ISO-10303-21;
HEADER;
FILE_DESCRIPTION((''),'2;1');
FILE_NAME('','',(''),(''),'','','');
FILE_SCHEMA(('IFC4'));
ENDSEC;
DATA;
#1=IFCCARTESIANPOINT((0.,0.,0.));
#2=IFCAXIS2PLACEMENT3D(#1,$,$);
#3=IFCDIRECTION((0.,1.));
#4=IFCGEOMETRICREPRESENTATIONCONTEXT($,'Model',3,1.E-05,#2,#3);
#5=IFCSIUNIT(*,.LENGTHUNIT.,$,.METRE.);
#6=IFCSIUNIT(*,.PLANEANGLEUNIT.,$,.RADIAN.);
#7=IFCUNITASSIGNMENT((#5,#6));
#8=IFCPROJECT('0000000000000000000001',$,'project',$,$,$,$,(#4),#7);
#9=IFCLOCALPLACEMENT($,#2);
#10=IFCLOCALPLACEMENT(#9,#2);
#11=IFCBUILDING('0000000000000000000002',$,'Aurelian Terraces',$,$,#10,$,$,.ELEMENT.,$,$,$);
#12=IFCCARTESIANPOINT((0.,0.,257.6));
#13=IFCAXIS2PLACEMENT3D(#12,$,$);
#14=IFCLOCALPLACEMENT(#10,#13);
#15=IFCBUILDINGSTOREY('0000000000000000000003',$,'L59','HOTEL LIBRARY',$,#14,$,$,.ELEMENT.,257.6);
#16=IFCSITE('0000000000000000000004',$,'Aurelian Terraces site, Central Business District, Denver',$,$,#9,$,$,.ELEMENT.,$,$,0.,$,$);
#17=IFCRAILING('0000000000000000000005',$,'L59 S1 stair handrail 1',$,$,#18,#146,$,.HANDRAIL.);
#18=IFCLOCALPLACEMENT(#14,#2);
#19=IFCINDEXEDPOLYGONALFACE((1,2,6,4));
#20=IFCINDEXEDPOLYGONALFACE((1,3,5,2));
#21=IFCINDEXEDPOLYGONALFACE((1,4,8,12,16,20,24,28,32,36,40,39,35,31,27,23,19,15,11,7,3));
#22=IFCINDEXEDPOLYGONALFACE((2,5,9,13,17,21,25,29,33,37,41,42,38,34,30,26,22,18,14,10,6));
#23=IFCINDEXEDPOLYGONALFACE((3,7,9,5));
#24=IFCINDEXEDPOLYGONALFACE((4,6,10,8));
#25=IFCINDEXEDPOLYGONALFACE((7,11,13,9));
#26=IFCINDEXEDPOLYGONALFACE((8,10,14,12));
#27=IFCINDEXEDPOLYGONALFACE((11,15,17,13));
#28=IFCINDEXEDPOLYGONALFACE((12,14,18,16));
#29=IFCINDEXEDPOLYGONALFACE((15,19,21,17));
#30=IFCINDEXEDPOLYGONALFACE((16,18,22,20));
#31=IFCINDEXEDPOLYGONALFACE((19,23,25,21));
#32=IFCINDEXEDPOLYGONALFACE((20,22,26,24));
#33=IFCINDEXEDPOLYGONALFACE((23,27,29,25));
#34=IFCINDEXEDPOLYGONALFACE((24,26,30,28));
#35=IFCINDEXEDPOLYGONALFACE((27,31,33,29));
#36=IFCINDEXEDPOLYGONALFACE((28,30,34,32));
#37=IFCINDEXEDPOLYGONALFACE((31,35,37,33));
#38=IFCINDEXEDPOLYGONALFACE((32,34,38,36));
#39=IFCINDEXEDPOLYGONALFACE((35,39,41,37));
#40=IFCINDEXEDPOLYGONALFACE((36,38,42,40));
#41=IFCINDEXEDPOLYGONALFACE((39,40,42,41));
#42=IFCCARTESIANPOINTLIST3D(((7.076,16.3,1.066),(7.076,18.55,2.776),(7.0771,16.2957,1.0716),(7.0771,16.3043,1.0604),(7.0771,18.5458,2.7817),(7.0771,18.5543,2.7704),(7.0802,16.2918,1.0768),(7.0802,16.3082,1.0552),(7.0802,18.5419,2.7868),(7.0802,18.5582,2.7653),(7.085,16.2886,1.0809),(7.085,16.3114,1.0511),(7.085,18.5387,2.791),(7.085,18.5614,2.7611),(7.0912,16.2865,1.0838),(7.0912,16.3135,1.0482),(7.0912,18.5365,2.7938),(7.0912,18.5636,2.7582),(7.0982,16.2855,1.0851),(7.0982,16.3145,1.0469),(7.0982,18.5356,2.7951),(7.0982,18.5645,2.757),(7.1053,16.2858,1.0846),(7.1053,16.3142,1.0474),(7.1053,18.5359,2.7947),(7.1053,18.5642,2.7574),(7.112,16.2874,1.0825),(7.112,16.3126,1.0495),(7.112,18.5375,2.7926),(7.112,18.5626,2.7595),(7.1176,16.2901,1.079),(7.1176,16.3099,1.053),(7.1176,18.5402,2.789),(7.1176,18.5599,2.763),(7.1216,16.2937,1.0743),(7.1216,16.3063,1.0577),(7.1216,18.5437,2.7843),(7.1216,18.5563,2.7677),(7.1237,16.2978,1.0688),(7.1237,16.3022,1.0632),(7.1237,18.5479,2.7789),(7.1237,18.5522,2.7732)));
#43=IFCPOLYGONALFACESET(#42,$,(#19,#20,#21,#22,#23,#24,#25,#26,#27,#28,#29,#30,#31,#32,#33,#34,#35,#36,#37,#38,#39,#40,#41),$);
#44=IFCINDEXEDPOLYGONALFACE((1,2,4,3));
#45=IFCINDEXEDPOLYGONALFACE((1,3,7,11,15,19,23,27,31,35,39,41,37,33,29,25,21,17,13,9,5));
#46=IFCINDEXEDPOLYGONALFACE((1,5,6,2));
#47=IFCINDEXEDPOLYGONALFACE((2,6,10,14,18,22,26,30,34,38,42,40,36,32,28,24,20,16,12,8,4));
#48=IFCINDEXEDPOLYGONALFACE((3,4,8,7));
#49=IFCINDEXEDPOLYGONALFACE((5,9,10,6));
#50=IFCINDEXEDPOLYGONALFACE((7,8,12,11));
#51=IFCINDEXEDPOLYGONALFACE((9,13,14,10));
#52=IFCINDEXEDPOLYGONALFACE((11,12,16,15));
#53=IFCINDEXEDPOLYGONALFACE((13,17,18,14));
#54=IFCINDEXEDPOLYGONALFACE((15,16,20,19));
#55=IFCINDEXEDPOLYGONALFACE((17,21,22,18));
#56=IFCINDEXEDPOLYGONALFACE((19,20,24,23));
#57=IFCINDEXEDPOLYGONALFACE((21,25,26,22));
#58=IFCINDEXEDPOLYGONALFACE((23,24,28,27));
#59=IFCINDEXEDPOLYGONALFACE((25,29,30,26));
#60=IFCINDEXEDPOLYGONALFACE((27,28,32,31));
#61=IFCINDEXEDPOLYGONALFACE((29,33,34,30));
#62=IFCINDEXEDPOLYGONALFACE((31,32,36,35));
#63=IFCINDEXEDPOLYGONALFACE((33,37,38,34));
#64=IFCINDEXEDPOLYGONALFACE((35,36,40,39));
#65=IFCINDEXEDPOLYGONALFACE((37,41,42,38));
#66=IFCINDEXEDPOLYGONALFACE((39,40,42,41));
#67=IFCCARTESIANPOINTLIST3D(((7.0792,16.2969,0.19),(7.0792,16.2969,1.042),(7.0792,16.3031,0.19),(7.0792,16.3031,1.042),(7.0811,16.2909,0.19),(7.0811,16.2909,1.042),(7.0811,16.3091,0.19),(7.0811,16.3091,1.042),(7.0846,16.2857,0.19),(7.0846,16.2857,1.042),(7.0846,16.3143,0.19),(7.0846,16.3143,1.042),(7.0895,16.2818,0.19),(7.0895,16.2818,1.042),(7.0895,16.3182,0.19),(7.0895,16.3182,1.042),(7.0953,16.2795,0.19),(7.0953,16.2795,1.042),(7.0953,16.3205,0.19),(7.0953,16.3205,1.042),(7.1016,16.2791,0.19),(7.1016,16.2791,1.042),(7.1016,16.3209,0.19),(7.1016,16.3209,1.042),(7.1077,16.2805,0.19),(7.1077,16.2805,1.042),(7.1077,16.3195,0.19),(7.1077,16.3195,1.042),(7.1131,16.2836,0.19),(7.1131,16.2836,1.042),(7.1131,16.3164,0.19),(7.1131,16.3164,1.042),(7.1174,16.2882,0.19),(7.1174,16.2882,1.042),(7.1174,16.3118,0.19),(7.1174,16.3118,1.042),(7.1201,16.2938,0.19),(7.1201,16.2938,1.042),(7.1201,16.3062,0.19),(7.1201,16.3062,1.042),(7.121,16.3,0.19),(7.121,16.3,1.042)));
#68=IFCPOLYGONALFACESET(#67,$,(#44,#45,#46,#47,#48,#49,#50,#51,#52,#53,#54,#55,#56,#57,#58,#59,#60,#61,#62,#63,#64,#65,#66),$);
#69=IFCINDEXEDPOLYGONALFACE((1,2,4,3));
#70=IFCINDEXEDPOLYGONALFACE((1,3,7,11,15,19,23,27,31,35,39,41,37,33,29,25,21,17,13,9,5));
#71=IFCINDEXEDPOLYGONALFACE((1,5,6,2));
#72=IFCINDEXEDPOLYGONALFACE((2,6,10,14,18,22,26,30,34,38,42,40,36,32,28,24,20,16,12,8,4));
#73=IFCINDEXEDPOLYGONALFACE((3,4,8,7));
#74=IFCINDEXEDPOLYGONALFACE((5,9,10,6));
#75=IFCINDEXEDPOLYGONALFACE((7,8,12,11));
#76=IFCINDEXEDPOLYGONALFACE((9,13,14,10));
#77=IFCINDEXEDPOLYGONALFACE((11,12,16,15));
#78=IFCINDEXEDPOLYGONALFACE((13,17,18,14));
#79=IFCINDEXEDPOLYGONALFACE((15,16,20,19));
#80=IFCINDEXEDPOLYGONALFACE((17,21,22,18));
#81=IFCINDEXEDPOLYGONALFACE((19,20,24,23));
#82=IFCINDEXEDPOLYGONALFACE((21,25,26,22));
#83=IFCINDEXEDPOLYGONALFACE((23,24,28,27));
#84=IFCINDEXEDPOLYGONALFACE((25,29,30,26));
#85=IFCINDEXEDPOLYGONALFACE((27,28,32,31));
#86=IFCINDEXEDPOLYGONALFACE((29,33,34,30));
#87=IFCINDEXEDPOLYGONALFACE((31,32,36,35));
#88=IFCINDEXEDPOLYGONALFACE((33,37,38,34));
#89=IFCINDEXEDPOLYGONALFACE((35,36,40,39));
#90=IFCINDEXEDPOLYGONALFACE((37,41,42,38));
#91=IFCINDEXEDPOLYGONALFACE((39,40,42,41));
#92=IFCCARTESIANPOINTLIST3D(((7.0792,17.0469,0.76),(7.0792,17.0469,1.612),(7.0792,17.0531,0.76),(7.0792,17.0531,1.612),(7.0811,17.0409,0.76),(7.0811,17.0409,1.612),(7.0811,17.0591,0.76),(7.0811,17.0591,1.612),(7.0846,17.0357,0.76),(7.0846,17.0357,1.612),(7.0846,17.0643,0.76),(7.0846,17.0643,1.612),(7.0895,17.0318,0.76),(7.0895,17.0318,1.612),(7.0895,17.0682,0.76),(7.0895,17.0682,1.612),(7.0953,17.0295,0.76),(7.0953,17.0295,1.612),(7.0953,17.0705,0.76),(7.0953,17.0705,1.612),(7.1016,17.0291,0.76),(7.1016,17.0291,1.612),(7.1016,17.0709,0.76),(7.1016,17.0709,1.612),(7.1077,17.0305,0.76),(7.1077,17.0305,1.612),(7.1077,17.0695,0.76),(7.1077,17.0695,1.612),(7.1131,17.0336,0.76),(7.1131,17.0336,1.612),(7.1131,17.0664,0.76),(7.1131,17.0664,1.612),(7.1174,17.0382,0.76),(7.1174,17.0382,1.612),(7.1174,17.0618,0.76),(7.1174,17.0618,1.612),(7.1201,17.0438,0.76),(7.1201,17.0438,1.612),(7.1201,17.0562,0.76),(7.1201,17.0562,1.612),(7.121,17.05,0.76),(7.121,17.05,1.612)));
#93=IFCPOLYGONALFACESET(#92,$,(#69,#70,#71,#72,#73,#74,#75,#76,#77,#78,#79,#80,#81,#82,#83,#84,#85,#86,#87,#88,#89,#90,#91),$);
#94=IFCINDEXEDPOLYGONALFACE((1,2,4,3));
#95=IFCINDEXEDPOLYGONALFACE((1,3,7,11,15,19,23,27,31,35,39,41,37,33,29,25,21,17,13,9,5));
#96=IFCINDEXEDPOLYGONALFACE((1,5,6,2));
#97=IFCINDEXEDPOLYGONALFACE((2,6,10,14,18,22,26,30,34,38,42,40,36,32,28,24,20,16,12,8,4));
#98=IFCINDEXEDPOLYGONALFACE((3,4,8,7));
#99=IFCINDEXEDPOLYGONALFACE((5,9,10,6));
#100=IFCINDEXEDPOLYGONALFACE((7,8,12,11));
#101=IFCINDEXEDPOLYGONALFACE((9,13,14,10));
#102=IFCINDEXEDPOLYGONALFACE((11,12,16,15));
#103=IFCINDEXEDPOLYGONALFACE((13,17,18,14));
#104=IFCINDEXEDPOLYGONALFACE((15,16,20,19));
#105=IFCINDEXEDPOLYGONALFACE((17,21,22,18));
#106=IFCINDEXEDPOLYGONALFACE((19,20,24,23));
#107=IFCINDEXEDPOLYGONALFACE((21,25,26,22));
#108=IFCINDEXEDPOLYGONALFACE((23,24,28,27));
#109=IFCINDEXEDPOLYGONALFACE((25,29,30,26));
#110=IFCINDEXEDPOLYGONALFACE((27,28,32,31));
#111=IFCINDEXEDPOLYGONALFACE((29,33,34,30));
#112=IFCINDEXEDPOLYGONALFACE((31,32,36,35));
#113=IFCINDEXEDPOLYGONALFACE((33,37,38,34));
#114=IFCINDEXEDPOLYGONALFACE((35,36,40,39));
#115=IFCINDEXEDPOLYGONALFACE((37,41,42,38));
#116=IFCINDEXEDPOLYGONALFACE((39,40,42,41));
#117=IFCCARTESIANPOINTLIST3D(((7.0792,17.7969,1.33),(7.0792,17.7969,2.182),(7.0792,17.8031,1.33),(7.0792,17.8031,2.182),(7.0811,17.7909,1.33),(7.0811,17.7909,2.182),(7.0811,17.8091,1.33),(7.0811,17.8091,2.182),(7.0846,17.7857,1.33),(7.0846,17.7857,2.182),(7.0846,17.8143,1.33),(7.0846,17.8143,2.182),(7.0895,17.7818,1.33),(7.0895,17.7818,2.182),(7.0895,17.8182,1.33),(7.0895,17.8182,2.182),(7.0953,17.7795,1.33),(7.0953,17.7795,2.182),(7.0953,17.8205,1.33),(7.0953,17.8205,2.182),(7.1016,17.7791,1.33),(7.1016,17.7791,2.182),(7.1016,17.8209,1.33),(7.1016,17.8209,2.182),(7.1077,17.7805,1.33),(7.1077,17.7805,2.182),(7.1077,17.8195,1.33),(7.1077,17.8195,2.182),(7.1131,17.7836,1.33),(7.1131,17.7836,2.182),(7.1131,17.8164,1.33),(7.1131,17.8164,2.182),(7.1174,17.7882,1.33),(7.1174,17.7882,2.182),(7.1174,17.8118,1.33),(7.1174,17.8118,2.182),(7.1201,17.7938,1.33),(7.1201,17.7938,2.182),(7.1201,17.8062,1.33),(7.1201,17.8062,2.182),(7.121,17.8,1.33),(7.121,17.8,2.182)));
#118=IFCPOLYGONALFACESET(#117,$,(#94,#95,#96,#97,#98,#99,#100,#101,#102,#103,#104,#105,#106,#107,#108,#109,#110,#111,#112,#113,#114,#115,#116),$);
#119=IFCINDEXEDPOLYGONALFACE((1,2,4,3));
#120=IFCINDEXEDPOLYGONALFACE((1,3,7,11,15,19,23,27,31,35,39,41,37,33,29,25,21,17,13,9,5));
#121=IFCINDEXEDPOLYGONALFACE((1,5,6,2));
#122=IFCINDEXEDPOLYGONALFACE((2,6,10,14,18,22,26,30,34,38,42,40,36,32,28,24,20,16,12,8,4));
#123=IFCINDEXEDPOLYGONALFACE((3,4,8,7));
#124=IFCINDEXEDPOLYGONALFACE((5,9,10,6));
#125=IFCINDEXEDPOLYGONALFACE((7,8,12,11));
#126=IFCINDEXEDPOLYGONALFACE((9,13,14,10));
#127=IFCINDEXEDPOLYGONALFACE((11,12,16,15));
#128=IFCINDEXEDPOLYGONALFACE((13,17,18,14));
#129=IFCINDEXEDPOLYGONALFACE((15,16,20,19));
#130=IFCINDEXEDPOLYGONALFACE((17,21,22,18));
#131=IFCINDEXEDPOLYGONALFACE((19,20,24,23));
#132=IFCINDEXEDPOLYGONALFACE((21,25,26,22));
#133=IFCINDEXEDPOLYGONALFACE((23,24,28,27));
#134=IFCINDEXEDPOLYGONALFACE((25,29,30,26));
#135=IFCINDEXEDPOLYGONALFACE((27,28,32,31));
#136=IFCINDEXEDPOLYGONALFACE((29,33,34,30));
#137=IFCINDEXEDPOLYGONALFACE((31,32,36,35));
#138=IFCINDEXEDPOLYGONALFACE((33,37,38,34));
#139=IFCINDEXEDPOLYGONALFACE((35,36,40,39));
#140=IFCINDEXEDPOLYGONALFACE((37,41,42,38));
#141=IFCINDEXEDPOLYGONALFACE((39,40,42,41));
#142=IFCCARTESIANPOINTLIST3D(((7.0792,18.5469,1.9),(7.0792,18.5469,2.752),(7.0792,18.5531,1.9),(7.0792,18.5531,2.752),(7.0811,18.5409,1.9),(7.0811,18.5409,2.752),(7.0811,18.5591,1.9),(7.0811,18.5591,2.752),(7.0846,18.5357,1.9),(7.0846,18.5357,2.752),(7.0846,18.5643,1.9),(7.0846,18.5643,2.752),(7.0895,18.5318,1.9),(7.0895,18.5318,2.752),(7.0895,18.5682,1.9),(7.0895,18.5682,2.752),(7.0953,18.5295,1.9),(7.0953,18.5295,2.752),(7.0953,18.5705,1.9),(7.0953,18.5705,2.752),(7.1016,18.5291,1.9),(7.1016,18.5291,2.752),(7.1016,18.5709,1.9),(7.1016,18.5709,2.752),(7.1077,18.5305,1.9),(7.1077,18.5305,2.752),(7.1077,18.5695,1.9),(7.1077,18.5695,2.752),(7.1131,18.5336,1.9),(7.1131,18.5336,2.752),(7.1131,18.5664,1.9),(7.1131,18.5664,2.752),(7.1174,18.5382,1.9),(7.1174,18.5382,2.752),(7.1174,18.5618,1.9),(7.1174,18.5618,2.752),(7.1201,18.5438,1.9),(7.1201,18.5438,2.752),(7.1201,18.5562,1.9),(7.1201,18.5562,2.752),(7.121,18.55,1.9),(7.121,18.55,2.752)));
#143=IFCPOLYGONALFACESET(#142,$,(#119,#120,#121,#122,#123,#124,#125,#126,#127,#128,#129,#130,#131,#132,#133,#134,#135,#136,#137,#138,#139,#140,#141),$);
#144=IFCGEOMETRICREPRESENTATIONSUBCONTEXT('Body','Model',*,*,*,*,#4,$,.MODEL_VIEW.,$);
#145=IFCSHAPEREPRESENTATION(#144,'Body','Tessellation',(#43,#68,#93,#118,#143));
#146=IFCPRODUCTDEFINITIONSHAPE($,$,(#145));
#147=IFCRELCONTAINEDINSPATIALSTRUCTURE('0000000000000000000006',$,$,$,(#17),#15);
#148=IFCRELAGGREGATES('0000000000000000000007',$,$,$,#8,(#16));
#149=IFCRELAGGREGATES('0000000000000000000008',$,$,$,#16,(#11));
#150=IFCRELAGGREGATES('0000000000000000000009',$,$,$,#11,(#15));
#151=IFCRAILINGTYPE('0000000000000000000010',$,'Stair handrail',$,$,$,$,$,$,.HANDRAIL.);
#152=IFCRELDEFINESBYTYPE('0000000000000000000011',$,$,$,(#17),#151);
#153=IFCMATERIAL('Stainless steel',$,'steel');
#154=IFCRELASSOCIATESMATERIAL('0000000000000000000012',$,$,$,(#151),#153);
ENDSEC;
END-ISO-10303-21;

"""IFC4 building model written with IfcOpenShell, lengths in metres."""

from ifc_helpers import new_model, si_unit, direction, frame, origin, origin_2d, place, context, subcontext, project, spatial, circle, extrude, source, transform, mapped, material, type_object, element, save


model = new_model("IFC4")

# Units and contexts
model_context = context("Model", 3, precision=1e-05, world=origin(), true_north=direction((0.0, 1.0)))
body_context = subcontext(model_context, "Body", "Model", "MODEL_VIEW")
ifc_project = project(units=[si_unit("LENGTHUNIT", "METRE"), si_unit("PLANEANGLEUNIT", "RADIAN")], contexts=[model_context])

# Site, building, storey
site_placement = place(None, origin())
site = spatial("IfcSite", under=ifc_project, at=site_placement, Name="Aurelian Terraces site, Central Business District, Denver", CompositionType="ELEMENT", RefElevation=0.0)
building_placement = place(site_placement, origin())
building = spatial("IfcBuilding", under=site, at=building_placement, Name="Aurelian Terraces", CompositionType="ELEMENT")
storey_placement = place(building_placement, frame((0.0, 0.0, 257.6)))
storey = spatial("IfcBuildingStorey", under=building, at=storey_placement, Name="L59", Description="HOTEL LIBRARY", CompositionType="ELEMENT", Elevation=257.6)

# Railing
ifc_material_1 = material(Name="Stainless steel", Category="steel")
railing_type_1 = type_object("IfcRailingType", Name="Stair handrail", PredefinedType="HANDRAIL", material=ifc_material_1)
shared_shape_1 = source(origin(), body_context, "Body", "SweptSolid", [
    extrude(circle(Radius=0.024, at=origin_2d()), frame((0.0, 0.0, 0.876), z_axis=(0.0, 0.796162, 0.605083), x_axis=(-1.0, 0.0, 0.0)), (0.0, 0.0, 1.0), 2.8261),
    extrude(circle(Radius=0.021, at=origin_2d()), origin(), (0.0, 0.0, 1.0), 0.852),
    extrude(circle(Radius=0.021, at=origin_2d()), frame((0.0, 0.75, 0.57)), (0.0, 0.0, 1.0), 0.852),
    extrude(circle(Radius=0.021, at=origin_2d()), frame((0.0, 1.5, 1.14)), (0.0, 0.0, 1.0), 0.852),
    extrude(circle(Radius=0.021, at=origin_2d()), frame((0.0, 2.25, 1.71)), (0.0, 0.0, 1.0), 0.852),
])
railing_1_placement = place(storey_placement, frame((7.1, 16.3, 0.19)))
element("IfcRailing", 1, at=railing_1_placement, inside=storey, type_object=railing_type_1, Name="L59 S1 stair handrail 1", PredefinedType="HANDRAIL", context=body_context, shape_type="MappedRepresentation", body=[
    mapped(shared_shape_1, transform((0.0, 0.0, 0.0), scale=1.0)),
])

save(model, "model.ifc")
